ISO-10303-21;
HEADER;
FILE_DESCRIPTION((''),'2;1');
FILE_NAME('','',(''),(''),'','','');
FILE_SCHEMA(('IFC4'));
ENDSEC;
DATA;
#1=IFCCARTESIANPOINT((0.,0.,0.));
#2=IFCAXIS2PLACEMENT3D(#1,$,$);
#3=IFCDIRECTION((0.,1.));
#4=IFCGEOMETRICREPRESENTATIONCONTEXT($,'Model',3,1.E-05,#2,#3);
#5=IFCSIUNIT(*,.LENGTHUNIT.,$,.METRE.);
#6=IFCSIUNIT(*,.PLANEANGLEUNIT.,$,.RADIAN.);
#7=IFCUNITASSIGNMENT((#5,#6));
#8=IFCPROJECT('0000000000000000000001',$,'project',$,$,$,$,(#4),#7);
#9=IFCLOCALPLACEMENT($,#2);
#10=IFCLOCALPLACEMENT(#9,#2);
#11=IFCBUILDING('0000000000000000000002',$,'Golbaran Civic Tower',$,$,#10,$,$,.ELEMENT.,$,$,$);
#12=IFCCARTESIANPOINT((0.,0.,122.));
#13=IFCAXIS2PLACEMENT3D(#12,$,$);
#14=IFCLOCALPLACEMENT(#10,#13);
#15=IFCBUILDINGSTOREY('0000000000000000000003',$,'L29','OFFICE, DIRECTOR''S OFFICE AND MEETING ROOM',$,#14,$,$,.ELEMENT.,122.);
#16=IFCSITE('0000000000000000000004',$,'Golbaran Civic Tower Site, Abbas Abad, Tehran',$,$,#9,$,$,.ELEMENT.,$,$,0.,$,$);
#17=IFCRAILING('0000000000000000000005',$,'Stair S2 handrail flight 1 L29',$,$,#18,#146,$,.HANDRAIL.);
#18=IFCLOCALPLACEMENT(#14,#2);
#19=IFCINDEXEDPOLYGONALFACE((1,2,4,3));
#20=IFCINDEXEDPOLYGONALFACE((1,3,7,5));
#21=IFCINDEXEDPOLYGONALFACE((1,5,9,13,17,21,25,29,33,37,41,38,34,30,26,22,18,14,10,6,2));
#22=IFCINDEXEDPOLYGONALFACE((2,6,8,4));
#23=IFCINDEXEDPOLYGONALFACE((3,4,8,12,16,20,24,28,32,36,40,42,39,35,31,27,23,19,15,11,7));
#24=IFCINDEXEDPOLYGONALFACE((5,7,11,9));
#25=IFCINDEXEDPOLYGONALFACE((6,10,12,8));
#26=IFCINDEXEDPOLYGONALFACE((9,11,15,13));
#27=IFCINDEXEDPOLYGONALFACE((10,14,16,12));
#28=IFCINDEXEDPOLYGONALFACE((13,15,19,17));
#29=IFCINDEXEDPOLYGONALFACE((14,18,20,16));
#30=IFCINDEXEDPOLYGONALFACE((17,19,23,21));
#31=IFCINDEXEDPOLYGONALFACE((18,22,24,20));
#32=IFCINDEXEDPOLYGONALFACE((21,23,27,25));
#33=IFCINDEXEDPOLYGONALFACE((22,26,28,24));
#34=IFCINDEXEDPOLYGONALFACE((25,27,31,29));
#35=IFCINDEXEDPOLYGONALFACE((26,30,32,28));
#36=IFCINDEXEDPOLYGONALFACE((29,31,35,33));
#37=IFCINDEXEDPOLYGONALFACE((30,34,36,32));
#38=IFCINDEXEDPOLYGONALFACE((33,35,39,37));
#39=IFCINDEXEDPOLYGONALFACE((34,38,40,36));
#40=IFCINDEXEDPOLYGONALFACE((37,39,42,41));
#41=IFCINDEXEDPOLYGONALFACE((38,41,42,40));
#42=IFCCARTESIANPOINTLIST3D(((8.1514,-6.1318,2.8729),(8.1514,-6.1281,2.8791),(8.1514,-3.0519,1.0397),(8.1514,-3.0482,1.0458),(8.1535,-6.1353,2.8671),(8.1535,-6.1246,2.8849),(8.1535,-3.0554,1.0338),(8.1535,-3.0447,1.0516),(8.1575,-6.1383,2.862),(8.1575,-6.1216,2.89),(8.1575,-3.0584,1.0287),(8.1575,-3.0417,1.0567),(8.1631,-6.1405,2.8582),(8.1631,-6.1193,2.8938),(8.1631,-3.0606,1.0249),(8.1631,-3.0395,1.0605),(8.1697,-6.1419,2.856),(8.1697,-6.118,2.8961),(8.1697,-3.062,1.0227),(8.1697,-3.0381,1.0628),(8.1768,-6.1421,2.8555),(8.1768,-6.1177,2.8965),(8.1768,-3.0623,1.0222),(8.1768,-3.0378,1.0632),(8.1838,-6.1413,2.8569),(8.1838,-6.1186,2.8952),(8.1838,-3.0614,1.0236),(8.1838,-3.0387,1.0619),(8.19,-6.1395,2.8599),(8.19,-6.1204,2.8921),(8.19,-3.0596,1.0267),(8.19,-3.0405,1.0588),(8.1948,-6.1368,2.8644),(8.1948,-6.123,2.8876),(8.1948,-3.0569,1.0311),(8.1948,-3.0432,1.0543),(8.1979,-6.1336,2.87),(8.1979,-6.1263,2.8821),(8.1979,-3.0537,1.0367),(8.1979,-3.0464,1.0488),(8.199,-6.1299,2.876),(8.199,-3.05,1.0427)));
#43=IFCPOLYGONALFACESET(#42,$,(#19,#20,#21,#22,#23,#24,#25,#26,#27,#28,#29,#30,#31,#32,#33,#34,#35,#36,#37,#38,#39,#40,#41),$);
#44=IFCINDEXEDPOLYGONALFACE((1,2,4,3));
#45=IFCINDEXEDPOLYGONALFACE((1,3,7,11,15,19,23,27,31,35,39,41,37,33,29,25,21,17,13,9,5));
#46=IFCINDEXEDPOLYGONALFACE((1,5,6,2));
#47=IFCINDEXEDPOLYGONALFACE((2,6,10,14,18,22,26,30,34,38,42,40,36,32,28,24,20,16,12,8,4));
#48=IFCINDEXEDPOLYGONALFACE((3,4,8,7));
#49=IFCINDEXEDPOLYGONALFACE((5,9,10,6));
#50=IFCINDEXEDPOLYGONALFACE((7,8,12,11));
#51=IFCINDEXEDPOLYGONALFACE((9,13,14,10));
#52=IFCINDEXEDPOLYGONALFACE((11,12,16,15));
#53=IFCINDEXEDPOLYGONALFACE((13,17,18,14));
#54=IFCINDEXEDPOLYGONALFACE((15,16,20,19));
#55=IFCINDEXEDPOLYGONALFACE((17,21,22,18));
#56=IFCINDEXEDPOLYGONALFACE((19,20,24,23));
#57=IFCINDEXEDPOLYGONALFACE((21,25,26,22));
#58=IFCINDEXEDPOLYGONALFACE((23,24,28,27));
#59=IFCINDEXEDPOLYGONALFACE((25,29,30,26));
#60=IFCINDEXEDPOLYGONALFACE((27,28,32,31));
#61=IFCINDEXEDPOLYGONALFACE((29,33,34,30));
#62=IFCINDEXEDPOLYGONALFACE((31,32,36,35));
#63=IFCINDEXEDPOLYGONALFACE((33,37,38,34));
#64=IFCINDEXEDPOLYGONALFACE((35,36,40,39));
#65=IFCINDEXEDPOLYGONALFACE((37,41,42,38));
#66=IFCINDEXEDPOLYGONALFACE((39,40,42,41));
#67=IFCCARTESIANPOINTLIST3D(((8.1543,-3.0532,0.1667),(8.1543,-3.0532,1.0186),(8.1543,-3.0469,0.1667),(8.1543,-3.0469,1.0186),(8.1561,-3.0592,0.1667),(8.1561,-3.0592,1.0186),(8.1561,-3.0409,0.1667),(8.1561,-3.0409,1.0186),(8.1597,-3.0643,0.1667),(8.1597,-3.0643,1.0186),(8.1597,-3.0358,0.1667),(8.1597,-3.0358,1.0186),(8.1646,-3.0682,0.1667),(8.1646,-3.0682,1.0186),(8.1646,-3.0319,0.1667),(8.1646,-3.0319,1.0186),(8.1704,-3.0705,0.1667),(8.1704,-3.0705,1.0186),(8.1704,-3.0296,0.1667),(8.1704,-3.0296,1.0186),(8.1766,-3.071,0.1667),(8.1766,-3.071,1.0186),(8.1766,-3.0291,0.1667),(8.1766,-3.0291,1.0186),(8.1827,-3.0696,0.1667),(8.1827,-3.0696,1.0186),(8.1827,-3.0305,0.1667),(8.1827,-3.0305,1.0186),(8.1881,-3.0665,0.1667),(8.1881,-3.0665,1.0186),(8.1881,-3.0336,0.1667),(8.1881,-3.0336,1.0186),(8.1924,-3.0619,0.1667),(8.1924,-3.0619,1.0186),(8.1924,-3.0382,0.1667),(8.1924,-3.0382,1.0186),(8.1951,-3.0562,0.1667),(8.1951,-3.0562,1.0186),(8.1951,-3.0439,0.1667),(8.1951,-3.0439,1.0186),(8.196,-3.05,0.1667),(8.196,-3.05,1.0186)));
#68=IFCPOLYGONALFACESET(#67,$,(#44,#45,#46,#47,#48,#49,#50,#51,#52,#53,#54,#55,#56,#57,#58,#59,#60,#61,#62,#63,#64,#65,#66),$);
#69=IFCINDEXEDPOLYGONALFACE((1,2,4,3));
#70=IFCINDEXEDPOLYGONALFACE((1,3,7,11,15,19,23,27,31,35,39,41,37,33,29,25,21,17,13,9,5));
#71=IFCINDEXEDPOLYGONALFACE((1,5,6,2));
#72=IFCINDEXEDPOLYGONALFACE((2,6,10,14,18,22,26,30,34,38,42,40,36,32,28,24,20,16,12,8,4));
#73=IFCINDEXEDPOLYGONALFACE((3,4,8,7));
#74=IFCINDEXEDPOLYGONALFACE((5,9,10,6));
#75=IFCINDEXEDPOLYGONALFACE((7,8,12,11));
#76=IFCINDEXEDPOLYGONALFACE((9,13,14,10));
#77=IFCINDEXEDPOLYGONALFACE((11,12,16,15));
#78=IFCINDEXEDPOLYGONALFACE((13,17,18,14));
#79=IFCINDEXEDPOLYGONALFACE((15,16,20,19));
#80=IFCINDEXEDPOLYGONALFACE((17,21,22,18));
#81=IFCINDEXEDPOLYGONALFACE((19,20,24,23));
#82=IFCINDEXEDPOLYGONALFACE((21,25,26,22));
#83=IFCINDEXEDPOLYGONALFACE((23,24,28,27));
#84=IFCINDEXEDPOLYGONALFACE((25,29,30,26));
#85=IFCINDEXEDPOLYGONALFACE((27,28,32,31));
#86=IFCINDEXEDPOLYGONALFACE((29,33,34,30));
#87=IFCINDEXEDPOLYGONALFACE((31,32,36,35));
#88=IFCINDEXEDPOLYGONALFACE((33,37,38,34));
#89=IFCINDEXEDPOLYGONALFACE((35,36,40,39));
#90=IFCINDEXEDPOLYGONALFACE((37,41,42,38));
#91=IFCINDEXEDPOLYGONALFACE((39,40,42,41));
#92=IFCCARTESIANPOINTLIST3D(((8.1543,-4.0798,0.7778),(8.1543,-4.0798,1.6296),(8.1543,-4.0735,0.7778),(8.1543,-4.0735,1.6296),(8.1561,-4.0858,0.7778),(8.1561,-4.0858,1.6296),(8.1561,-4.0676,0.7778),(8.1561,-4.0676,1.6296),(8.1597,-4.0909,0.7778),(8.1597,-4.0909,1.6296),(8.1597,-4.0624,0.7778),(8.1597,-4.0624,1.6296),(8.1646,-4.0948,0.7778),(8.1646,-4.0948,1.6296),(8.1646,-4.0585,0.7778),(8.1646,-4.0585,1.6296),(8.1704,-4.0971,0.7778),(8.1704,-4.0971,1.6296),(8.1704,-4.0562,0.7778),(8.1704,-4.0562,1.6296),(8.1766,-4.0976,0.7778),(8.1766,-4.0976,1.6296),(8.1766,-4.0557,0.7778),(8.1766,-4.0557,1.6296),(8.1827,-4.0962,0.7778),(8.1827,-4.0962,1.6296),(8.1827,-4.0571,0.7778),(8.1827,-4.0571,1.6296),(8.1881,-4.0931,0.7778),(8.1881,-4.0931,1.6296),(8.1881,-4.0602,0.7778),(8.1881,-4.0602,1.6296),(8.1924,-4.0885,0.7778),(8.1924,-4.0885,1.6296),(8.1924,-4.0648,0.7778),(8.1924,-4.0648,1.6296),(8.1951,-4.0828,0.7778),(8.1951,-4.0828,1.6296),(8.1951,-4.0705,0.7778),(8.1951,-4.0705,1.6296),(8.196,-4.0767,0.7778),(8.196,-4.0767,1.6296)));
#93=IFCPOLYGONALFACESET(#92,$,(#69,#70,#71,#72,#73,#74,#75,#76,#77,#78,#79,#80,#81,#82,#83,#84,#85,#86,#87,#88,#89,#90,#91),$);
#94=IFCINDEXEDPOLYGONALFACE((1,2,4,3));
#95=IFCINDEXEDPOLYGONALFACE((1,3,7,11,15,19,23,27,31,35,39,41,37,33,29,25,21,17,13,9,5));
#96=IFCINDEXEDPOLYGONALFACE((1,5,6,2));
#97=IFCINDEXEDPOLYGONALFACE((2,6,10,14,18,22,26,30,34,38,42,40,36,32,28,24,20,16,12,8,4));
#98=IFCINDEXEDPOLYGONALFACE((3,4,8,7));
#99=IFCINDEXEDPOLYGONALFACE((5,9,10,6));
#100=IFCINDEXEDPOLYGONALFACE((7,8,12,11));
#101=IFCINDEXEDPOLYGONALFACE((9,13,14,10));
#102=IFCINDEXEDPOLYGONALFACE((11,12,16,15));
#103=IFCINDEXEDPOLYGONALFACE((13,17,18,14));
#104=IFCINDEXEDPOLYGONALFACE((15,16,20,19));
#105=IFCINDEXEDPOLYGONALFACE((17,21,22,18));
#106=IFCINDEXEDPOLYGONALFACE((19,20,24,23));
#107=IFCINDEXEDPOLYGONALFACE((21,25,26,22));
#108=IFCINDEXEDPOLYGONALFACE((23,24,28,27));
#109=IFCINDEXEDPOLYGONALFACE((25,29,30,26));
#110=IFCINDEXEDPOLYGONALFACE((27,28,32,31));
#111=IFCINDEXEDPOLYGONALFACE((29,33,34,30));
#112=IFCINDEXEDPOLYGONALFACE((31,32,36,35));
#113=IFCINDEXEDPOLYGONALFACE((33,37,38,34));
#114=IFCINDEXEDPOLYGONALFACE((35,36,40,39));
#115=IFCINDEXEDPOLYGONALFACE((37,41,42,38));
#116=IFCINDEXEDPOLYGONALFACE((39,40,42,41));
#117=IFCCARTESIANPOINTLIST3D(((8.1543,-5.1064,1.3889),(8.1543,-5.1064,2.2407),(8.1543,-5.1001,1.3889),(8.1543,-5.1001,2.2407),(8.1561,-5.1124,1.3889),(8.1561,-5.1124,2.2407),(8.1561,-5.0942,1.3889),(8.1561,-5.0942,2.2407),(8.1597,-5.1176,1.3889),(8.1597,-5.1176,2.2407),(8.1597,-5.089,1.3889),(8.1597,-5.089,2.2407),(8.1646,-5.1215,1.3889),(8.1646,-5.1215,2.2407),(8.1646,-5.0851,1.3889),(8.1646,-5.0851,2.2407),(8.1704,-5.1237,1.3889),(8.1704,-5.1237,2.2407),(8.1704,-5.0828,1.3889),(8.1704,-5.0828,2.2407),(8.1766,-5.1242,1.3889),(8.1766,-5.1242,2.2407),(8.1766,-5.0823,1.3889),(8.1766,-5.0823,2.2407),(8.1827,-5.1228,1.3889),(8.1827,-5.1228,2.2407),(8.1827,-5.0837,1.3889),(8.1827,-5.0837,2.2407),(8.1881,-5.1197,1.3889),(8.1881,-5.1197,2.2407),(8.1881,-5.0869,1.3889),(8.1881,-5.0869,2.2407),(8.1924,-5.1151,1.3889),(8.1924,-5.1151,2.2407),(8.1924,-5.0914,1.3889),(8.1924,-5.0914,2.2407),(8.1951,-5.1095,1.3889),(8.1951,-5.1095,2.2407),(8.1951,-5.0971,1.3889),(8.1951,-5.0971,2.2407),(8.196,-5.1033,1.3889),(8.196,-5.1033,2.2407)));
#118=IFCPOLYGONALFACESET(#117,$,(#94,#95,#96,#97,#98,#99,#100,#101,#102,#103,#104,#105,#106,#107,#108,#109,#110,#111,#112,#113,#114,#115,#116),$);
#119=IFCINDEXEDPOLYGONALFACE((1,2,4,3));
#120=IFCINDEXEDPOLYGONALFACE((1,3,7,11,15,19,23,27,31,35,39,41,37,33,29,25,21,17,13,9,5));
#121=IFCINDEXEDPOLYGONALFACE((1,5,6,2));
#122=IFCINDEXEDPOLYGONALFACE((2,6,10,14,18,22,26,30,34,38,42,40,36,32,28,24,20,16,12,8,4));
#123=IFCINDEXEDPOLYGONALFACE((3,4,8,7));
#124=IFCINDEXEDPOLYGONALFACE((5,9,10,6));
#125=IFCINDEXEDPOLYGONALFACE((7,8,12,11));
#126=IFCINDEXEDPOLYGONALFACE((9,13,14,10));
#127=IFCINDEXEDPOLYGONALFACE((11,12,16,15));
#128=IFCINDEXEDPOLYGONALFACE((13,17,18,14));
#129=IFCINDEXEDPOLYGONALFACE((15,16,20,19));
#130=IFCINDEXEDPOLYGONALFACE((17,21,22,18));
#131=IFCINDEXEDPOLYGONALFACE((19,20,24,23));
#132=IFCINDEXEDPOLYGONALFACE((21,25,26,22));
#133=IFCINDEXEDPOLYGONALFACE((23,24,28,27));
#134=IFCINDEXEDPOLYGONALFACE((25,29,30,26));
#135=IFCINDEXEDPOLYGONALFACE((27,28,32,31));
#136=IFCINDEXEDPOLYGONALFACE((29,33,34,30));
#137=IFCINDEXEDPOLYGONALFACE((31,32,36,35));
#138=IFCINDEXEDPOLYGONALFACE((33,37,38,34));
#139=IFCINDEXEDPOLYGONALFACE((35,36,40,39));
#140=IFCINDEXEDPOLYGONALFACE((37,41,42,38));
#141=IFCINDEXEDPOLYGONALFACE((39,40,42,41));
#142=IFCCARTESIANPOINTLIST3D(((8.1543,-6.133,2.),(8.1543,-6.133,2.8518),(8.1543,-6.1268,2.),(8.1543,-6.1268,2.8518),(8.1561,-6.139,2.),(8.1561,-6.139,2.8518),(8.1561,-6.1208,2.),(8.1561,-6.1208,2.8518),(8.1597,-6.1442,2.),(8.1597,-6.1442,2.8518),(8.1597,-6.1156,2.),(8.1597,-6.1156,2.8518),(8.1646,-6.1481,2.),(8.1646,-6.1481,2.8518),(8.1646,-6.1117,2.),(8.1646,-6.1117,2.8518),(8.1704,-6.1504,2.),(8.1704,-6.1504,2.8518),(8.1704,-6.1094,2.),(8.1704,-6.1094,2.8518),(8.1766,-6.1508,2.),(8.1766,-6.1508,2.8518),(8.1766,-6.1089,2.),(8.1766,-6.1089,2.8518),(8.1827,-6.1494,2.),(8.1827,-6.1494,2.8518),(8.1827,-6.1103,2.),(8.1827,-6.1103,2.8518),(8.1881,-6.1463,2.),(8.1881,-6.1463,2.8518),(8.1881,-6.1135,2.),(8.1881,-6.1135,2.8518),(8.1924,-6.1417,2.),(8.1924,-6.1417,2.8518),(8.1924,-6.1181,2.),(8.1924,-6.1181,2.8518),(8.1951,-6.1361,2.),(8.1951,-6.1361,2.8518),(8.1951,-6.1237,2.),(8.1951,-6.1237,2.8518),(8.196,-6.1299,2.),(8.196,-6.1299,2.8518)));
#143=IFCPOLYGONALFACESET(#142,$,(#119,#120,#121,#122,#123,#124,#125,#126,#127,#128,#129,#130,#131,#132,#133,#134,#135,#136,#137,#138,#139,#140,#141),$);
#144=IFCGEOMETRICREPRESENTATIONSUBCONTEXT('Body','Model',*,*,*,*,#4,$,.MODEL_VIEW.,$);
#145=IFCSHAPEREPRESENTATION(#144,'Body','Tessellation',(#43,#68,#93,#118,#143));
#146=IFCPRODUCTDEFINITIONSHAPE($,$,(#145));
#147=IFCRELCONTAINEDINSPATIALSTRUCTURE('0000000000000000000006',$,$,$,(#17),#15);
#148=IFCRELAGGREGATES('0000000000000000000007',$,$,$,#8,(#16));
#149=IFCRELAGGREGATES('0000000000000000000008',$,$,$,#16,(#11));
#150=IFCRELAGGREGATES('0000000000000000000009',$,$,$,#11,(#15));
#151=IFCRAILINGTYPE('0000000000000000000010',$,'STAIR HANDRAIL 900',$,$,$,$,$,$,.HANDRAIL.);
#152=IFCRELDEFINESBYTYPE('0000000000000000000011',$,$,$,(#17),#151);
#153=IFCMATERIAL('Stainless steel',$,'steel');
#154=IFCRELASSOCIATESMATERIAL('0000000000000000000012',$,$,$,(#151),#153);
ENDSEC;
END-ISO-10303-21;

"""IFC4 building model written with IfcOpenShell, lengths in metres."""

from ifc_helpers import new_model, si_unit, direction, frame, origin, origin_2d, place, context, subcontext, project, spatial, circle, extrude, material, type_object, element, save


model = new_model("IFC4")

# Units and contexts
model_context = context("Model", 3, precision=1e-05, world=origin(), true_north=direction((0.0, 1.0)))
body_context = subcontext(model_context, "Body", "Model", "MODEL_VIEW")
ifc_project = project(units=[si_unit("LENGTHUNIT", "METRE"), si_unit("PLANEANGLEUNIT", "RADIAN")], contexts=[model_context])

# Site, building, storey
site_placement = place(None, origin())
site = spatial("IfcSite", under=ifc_project, at=site_placement, Name="Golbaran Civic Tower Site, Abbas Abad, Tehran", CompositionType="ELEMENT", RefElevation=0.0)
building_placement = place(site_placement, origin())
building = spatial("IfcBuilding", under=site, at=building_placement, Name="Golbaran Civic Tower", CompositionType="ELEMENT")
storey_placement = place(building_placement, frame((0.0, 0.0, 122.0)))
storey = spatial("IfcBuildingStorey", under=building, at=storey_placement, Name="L29", Description="OFFICE, DIRECTOR'S OFFICE AND MEETING ROOM", CompositionType="ELEMENT", Elevation=122.0)

# Shared definitions
ifc_material_1 = material(Name="Stainless steel", Category="steel")

# Railing
railing_type = type_object("IfcRailingType", Name="STAIR HANDRAIL 900", PredefinedType="HANDRAIL", material=ifc_material_1)
railing_1_placement = place(storey_placement, frame((8.175, -3.05, 0.1667)))
element("IfcRailing", 1, at=railing_1_placement, inside=storey, type_object=railing_type, Name="Stair S2 handrail flight 1 L29", PredefinedType="HANDRAIL", context=body_context, shape_type="SweptSolid", body=[
    extrude(circle(Radius=0.0239, at=origin_2d()), frame((0.0, 0.0, 0.876), z_axis=(0.0, -0.859291, 0.511487), x_axis=(1.0, 0.0, 0.0)), (0.0, 0.0, 1.0), 3.5842),
    extrude(circle(Radius=0.021, at=origin_2d()), origin(), (0.0, 0.0, 1.0), 0.8518),
    extrude(circle(Radius=0.021, at=origin_2d()), frame((0.0, -1.0266, 0.6111)), (0.0, 0.0, 1.0), 0.8518),
    extrude(circle(Radius=0.021, at=origin_2d()), frame((0.0, -2.0532, 1.2222)), (0.0, 0.0, 1.0), 0.8518),
    extrude(circle(Radius=0.021, at=origin_2d()), frame((0.0, -3.0798, 1.8333)), (0.0, 0.0, 1.0), 0.8518),
])

save(model, "model.ifc")
